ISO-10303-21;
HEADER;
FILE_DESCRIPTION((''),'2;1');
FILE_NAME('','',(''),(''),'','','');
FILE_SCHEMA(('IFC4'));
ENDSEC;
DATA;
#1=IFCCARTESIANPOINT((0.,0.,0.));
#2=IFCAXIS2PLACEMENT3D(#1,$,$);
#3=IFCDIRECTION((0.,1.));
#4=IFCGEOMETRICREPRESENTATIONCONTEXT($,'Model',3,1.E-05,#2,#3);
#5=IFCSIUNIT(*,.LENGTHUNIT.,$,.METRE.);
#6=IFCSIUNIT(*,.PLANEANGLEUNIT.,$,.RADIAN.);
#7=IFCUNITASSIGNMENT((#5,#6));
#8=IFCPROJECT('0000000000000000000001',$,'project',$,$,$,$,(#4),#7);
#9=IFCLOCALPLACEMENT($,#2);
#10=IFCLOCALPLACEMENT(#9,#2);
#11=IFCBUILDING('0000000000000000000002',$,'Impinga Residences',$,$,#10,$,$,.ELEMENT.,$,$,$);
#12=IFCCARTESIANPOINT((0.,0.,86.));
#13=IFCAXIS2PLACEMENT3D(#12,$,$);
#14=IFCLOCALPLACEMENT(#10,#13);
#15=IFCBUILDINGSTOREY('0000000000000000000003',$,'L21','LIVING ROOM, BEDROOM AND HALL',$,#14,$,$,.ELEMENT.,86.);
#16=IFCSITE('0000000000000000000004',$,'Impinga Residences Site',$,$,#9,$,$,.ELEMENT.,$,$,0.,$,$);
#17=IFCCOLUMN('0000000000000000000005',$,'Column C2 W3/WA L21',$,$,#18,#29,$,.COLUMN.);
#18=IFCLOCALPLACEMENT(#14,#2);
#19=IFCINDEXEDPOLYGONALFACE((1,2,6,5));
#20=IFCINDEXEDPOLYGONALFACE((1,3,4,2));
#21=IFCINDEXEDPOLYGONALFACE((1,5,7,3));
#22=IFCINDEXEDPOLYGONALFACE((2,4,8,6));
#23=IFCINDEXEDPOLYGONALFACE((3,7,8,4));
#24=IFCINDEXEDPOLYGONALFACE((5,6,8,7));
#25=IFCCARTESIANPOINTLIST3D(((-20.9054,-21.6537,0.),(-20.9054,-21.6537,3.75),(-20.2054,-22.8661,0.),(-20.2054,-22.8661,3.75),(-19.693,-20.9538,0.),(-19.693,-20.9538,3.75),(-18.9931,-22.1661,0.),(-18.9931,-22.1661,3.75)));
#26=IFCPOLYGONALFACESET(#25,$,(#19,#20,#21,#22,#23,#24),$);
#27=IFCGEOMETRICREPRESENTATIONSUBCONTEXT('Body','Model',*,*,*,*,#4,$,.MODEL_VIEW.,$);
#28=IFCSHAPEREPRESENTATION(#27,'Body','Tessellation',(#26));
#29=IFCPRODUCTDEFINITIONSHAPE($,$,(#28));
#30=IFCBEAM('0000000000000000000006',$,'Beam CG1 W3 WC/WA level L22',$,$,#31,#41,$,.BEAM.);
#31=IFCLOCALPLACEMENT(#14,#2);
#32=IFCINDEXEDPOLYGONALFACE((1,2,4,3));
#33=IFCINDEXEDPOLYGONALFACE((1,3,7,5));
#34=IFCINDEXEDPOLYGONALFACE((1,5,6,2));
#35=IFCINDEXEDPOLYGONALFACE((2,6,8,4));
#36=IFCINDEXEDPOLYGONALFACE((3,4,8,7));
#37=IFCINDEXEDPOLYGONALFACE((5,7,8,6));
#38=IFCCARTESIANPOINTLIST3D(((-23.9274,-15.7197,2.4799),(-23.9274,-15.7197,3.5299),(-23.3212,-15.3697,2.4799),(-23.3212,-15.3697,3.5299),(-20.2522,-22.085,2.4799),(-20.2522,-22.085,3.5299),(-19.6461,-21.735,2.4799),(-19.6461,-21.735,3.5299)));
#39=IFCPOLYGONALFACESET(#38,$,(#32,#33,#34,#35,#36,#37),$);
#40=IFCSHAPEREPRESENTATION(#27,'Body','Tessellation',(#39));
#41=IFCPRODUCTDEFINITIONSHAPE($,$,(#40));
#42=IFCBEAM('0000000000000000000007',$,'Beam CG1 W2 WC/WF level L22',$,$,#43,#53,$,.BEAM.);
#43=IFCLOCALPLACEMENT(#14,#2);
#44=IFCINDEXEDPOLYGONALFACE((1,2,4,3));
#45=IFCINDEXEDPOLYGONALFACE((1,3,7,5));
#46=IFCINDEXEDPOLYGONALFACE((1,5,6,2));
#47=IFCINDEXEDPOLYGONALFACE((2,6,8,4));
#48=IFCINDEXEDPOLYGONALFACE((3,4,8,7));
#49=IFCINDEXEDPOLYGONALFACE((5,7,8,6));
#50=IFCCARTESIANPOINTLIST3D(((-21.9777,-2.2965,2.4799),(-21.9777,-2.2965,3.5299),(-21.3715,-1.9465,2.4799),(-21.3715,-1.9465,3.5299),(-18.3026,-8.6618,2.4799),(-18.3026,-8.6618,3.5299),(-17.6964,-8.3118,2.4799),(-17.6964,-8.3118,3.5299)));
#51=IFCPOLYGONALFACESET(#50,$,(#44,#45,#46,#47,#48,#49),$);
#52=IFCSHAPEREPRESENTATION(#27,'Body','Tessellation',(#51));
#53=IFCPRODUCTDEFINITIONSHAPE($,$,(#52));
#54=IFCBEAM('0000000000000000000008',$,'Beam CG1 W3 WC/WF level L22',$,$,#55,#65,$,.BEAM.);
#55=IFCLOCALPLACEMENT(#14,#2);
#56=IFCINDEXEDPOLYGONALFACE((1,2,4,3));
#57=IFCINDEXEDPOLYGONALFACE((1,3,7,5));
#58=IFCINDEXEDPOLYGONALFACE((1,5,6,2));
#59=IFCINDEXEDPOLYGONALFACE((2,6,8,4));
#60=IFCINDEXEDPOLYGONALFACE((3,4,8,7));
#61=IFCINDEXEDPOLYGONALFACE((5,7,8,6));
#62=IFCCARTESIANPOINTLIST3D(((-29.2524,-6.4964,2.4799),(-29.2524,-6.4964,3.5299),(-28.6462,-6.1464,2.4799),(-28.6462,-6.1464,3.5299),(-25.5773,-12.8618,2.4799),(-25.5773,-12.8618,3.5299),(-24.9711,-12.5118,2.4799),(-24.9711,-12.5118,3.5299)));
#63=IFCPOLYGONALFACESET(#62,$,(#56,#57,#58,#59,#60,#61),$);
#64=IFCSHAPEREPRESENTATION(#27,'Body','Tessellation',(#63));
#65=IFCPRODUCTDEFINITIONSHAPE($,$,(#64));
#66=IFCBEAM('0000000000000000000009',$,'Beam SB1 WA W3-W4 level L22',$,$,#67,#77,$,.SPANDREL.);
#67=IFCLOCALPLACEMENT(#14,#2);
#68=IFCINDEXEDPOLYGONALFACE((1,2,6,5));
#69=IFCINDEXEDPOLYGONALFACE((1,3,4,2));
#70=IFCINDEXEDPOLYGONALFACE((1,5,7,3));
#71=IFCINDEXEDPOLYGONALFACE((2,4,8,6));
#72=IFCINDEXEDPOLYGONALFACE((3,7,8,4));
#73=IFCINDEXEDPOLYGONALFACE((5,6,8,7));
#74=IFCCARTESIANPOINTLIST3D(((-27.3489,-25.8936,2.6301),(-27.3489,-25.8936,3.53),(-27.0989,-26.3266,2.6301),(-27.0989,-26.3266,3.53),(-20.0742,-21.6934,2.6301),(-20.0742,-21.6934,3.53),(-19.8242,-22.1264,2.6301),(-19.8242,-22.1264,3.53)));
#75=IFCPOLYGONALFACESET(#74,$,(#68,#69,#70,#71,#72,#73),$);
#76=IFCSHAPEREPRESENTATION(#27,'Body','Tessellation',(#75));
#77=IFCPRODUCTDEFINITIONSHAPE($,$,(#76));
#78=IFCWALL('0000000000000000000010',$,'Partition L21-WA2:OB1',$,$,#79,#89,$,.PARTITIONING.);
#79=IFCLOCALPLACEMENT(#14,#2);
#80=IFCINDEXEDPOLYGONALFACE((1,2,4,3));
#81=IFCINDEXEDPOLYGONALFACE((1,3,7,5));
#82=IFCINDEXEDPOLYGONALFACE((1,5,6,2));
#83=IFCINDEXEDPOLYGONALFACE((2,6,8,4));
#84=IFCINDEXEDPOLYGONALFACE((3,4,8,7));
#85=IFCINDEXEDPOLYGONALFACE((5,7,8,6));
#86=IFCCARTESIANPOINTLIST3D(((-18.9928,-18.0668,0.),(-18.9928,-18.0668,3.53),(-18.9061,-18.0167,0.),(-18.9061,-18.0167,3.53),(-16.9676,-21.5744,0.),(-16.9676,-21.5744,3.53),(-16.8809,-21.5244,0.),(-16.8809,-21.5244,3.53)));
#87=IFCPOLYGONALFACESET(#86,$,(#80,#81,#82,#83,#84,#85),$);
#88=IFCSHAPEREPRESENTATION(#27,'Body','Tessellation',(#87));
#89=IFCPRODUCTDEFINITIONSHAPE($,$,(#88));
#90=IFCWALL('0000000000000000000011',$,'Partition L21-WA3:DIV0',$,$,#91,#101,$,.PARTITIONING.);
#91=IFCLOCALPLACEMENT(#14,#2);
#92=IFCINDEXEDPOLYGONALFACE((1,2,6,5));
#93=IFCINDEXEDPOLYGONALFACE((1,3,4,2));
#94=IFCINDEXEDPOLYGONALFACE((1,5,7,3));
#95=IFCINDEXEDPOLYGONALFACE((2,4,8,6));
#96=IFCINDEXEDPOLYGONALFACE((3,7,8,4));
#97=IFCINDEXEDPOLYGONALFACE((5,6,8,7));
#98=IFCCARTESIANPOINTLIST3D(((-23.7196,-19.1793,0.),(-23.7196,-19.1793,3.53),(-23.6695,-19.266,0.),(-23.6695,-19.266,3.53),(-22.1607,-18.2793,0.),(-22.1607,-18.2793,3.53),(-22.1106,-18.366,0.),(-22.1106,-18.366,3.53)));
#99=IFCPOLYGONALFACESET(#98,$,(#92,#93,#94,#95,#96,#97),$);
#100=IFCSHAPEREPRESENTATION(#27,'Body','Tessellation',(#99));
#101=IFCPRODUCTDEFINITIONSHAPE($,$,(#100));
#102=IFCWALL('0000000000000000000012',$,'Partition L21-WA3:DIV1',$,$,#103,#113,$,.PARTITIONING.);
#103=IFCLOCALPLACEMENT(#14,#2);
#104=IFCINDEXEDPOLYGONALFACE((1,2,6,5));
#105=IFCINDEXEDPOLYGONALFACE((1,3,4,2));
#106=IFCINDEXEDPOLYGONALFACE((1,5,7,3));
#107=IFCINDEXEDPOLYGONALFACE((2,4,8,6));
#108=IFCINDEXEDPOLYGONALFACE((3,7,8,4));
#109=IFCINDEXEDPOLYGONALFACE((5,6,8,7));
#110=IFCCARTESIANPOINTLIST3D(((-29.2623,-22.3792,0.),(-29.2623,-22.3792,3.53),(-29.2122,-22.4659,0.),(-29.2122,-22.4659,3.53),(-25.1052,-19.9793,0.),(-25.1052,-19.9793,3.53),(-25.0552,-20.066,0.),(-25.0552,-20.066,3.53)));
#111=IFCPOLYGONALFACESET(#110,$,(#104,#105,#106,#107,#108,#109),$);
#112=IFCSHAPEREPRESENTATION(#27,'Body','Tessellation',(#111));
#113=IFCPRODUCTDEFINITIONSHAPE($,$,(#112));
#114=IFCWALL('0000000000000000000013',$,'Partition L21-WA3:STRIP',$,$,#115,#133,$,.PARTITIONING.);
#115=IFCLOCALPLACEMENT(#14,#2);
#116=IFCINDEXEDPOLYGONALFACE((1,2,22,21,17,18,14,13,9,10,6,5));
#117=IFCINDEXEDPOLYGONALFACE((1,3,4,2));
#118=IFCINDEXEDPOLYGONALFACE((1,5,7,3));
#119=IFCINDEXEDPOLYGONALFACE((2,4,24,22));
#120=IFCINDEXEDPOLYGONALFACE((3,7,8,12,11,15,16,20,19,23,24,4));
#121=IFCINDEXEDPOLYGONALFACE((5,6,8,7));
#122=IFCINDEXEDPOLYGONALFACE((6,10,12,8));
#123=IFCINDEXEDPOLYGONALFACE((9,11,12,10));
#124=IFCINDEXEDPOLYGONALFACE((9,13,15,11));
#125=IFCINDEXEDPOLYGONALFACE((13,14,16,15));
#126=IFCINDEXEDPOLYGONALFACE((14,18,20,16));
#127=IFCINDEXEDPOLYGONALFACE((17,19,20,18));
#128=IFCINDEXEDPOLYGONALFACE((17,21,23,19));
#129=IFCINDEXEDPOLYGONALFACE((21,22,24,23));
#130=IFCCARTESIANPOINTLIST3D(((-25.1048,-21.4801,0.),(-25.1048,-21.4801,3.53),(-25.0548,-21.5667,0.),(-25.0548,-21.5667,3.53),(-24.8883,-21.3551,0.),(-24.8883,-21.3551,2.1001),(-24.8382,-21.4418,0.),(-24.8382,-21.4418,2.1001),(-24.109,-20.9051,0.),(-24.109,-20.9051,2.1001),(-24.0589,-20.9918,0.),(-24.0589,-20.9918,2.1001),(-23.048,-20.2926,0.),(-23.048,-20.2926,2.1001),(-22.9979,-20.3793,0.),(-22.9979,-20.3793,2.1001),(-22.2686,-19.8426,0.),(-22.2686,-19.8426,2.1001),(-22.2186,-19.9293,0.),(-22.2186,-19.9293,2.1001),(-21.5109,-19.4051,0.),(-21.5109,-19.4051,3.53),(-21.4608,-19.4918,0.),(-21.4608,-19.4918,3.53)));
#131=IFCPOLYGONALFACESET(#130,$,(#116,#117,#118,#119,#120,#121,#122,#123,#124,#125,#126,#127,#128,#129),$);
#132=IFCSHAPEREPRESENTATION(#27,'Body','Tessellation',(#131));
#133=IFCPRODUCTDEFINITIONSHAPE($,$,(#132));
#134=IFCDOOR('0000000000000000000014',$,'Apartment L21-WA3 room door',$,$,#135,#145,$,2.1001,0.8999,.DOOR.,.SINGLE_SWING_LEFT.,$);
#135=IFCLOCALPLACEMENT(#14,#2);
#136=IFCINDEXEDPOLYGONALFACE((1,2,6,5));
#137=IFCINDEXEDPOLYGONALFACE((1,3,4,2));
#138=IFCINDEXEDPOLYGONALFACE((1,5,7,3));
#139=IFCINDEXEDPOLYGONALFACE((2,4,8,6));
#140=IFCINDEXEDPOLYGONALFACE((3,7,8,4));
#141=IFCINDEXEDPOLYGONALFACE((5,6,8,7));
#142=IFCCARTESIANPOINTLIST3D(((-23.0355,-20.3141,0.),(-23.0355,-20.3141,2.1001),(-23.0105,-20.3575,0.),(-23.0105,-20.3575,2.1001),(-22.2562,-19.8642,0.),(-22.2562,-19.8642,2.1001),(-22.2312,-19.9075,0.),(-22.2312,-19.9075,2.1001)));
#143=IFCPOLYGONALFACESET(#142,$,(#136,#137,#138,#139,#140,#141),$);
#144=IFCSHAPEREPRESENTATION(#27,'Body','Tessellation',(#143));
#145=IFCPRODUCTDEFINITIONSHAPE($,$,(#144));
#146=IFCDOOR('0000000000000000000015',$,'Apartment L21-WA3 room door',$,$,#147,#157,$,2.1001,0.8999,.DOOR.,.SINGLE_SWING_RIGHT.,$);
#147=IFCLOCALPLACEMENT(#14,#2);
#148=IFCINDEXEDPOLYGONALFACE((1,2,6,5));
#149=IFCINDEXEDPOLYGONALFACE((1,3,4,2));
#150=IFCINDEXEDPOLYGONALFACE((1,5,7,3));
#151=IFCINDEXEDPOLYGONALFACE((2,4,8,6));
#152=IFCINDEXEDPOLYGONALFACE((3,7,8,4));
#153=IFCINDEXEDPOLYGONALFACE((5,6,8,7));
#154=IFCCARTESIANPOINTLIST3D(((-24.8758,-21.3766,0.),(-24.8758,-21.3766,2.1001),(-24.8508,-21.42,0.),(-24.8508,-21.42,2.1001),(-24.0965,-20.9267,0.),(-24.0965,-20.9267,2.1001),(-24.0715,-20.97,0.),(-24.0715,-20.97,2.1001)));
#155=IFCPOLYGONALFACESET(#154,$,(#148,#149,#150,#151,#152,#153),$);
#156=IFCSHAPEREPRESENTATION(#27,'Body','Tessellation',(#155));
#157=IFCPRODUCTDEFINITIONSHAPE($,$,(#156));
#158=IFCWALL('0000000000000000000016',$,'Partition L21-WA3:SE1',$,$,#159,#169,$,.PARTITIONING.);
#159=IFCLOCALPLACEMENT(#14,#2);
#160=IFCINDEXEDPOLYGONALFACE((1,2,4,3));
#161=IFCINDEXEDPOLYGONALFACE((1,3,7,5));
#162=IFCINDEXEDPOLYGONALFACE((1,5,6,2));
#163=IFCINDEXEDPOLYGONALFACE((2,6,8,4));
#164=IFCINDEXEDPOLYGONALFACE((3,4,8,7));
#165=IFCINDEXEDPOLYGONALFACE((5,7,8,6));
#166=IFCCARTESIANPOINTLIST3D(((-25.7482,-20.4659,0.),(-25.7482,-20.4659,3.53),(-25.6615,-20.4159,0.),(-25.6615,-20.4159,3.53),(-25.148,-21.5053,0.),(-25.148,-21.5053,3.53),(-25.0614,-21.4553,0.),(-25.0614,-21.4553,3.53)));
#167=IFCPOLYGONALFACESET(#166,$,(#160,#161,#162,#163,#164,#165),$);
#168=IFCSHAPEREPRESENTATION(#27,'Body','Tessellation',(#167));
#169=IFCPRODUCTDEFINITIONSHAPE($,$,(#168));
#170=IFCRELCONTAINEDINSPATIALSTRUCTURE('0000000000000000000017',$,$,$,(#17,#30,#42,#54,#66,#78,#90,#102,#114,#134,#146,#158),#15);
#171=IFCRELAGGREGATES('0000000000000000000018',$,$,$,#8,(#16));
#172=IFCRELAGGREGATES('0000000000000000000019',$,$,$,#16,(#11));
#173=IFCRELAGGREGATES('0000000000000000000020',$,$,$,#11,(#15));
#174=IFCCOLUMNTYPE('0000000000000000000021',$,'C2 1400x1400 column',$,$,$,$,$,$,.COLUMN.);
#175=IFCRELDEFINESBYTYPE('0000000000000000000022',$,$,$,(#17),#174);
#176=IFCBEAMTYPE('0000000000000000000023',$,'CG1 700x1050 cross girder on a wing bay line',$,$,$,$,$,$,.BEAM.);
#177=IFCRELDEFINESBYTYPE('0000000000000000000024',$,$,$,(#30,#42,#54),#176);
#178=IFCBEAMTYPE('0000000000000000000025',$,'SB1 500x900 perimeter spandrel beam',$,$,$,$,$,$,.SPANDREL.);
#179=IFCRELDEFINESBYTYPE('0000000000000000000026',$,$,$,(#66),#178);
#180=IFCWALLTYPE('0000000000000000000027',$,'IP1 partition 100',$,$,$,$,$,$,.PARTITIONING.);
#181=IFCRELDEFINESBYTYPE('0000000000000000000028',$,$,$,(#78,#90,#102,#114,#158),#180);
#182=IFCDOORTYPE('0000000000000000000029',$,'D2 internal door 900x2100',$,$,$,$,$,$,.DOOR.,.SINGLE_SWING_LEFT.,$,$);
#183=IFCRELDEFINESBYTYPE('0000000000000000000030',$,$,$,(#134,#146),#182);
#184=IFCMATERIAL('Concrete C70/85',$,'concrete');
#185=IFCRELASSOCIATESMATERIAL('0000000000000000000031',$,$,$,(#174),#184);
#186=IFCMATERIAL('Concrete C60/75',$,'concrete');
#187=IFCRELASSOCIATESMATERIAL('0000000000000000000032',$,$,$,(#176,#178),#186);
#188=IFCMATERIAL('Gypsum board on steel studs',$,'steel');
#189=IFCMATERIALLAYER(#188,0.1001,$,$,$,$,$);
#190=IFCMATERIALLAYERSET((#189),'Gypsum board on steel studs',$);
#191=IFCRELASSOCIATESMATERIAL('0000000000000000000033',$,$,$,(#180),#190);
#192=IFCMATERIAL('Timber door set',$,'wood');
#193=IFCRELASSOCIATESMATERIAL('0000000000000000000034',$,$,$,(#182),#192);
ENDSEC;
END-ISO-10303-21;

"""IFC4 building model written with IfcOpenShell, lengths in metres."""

from ifc_helpers import new_model, si_unit, direction, frame, frame_2d, origin, origin_2d, place, context, subcontext, project, spatial, rectangle, extrude, material, layer, layer_set, material_profile, profile_set, type_object, element, fill, save


model = new_model("IFC4")

# Units and contexts
model_context = context("Model", 3, precision=1e-05, world=origin(), true_north=direction((0.0, 1.0)))
body_context = subcontext(model_context, "Body", "Model", "MODEL_VIEW")
ifc_project = project(units=[si_unit("LENGTHUNIT", "METRE"), si_unit("PLANEANGLEUNIT", "RADIAN")], contexts=[model_context])

# Site, building, storey
site_placement = place(None, origin())
site = spatial("IfcSite", under=ifc_project, at=site_placement, Name="Impinga Residences Site", CompositionType="ELEMENT", RefElevation=0.0)
building_placement = place(site_placement, origin())
building = spatial("IfcBuilding", under=site, at=building_placement, Name="Impinga Residences", CompositionType="ELEMENT")
storey_placement = place(building_placement, frame((0.0, 0.0, 86.0)))
storey = spatial("IfcBuildingStorey", under=building, at=storey_placement, Name="L21", Description="LIVING ROOM, BEDROOM AND HALL", CompositionType="ELEMENT", Elevation=86.0)

# Column
ifc_material_1 = material(Name="Concrete C70/85", Category="concrete")
ifc_material_profile_1 = material_profile(ifc_material_1, rectangle(XDim=1.3999, YDim=1.3999, at=origin_2d()), Name="RC 1400x1400")
ifc_profile_set_1 = profile_set([ifc_material_profile_1], Name="Concrete C70/85")
column_type = type_object("IfcColumnType", Name="C2 1400x1400 column", PredefinedType="COLUMN", material=ifc_profile_set_1)
column_placement = place(storey_placement, frame((-19.9492, -21.9099, 0.0), z_axis=(0.0, 0.0, 1.0), x_axis=(-0.5, 0.866025, 0.0)))
element("IfcColumn", 1, at=column_placement, inside=storey, type_object=column_type, Name="Column C2 W3/WA L21", PredefinedType="COLUMN", context=body_context, shape_type="SweptSolid", body=[
    extrude(rectangle(XDim=1.3999, YDim=1.3999, at=origin_2d()), origin(), (0.0, 0.0, 1.0), 3.75),
])

# Beams
ifc_material_2 = material(Name="Concrete C60/75", Category="concrete")
ifc_material_profile_2 = material_profile(ifc_material_2, rectangle(XDim=0.7, YDim=1.05, at=origin_2d()), Name="RC 700x1050")
ifc_profile_set_2 = profile_set([ifc_material_profile_2], Name="Concrete C60/75")
beam_type_1 = type_object("IfcBeamType", Name="CG1 700x1050 cross girder on a wing bay line", PredefinedType="BEAM", material=ifc_profile_set_2)
for number, where, z_axis, x_axis, name in (
    (2, (-23.6243, -15.5447, 3.0049), (0.500008, -0.866021, 0.0), (0.866021, 0.500008, 0.0), "Beam CG1 W3 WC/WA level L22"),
    (3, (-17.9995, -8.4868, 3.0049), (-0.500008, 0.866021, 0.0), (-0.866021, -0.500008, 0.0), "Beam CG1 W2 WC/WF level L22"),
    (4, (-25.2742, -12.6868, 3.0049), (-0.500008, 0.866021, 0.0), (-0.866021, -0.500008, 0.0), "Beam CG1 W3 WC/WF level L22"),
):
    element("IfcBeam", number, at=place(storey_placement, frame(where, z_axis=z_axis, x_axis=x_axis)), inside=storey, type_object=beam_type_1, Name=name, PredefinedType="BEAM", context=body_context, shape_type="SweptSolid", body=[
        extrude(rectangle(XDim=0.7, YDim=1.05, at=origin_2d()), origin(), (0.0, 0.0, 1.0), 7.3501),
    ])
ifc_material_profile_3 = material_profile(ifc_material_2, rectangle(XDim=0.5, YDim=0.8999, at=origin_2d()), Name="RC 500x900")
ifc_profile_set_3 = profile_set([ifc_material_profile_3], Name="Concrete C60/75")
beam_type_2 = type_object("IfcBeamType", Name="SB1 500x900 perimeter spandrel beam", PredefinedType="SPANDREL", material=ifc_profile_set_3)
beam_placement = place(storey_placement, frame((-19.9492, -21.9099, 3.0801), z_axis=(-0.866017, -0.500015, 0.0), x_axis=(0.500015, -0.866017, 0.0)))
element("IfcBeam", 5, at=beam_placement, inside=storey, type_object=beam_type_2, Name="Beam SB1 WA W3-W4 level L22", PredefinedType="SPANDREL", context=body_context, shape_type="SweptSolid", body=[
    extrude(rectangle(XDim=0.5, YDim=0.8999, at=origin_2d()), origin(), (0.0, 0.0, 1.0), 8.4001),
])

# Walls
ifc_material_3 = material(Name="Gypsum board on steel studs", Category="steel")
ifc_layer_1 = layer(ifc_material_3, 0.1001)
ifc_layer_set_1 = layer_set([ifc_layer_1], Name="Gypsum board on steel studs")
wall_type_1 = type_object("IfcWallType", Name="IP1 partition 100", PredefinedType="PARTITIONING", material=ifc_layer_set_1)
wall_1_placement = place(storey_placement, frame((-18.9495, -18.0417, 0.0), z_axis=(0.0, 0.0, 1.0), x_axis=(0.500009, -0.86602, 0.0)))
element("IfcWall", 6, at=wall_1_placement, inside=storey, type_object=wall_type_1, Name="Partition L21-WA2:OB1", PredefinedType="PARTITIONING", context=body_context, shape_type="SweptSolid", body=[
    extrude(rectangle(XDim=4.0503, YDim=0.1001, at=frame_2d((2.0251, 0.0))), origin(), (0.0, 0.0, 1.0), 3.53),
])
wall_2_placement = place(storey_placement, frame((-22.1357, -18.3228, 0.0), z_axis=(0.0, 0.0, 1.0), x_axis=(-0.866048, -0.499961, 0.0)))
element("IfcWall", 7, at=wall_2_placement, inside=storey, type_object=wall_type_1, Name="Partition L21-WA3:DIV0", PredefinedType="PARTITIONING", context=body_context, shape_type="SweptSolid", body=[
    extrude(rectangle(XDim=1.8, YDim=0.1001, at=frame_2d((0.8999, 0.0))), origin(), (0.0, 0.0, 1.0), 3.53),
])
wall_3_placement = place(storey_placement, frame((-25.0803, -20.0227, 0.0), z_axis=(0.0, 0.0, 1.0), x_axis=(-0.866037, -0.499979, 0.0)))
element("IfcWall", 8, at=wall_3_placement, inside=storey, type_object=wall_type_1, Name="Partition L21-WA3:DIV1", PredefinedType="PARTITIONING", context=body_context, shape_type="SweptSolid", body=[
    extrude(rectangle(XDim=4.8, YDim=0.1001, at=frame_2d((2.3999, 0.0))), origin(), (0.0, 0.0, 1.0), 3.53),
])

# Wall, openings, doors
wall_4_placement = place(storey_placement, frame((-21.4858, -19.4485, 0.0), z_axis=(0.0, 0.0, 1.0), x_axis=(-0.86603, -0.499992, 0.0)))
wall_4 = element("IfcWall", 9, at=wall_4_placement, inside=storey, type_object=wall_type_1, Name="Partition L21-WA3:STRIP", PredefinedType="PARTITIONING", context=body_context, shape_type="SweptSolid", body=[
    extrude(rectangle(XDim=4.1499, YDim=0.1001, at=frame_2d((2.075, 0.0))), origin(), (0.0, 0.0, 1.0), 3.53),
])
opening_1_placement = place(wall_4_placement, frame((0.875, 0.0, 0.0)))
opening_1 = element("IfcOpeningElement", 10, at=opening_1_placement, cuts=wall_4, PredefinedType="OPENING", context=body_context, shape_type="SweptSolid", body=[
    extrude(rectangle(XDim=0.8999, YDim=2.1001, at=frame_2d((0.45, 1.05))), frame((0.0, 0.0601, 0.0), z_axis=(0.0, -1.0, 0.0), x_axis=(1.0, 0.0, 0.0)), (0.0, 0.0, 1.0), 0.1201),
])
opening_2_placement = place(wall_4_placement, frame((3.0, 0.0, 0.0)))
opening_2 = element("IfcOpeningElement", 11, at=opening_2_placement, cuts=wall_4, PredefinedType="OPENING", context=body_context, shape_type="SweptSolid", body=[
    extrude(rectangle(XDim=0.8999, YDim=2.1001, at=frame_2d((0.45, 1.05))), frame((0.0, 0.0601, 0.0), z_axis=(0.0, -1.0, 0.0), x_axis=(1.0, 0.0, 0.0)), (0.0, 0.0, 1.0), 0.1201),
])
ifc_material_4 = material(Name="Timber door set", Category="wood")
door_type = type_object("IfcDoorType", Name="D2 internal door 900x2100", OperationType="SINGLE_SWING_LEFT", PredefinedType="DOOR", material=ifc_material_4)
door_1_placement = place(opening_1_placement, origin())
door_1 = element("IfcDoor", 12, at=door_1_placement, inside=storey, type_object=door_type, Name="Apartment L21-WA3 room door", OperationType="SINGLE_SWING_LEFT", OverallHeight=2.1001, OverallWidth=0.8999, PredefinedType="DOOR", context=body_context, shape_type="SweptSolid", body=[
    extrude(rectangle(XDim=0.8999, YDim=2.1001, at=frame_2d((0.45, 1.05))), frame((0.0, 0.0249, 0.0), z_axis=(0.0, -1.0, 0.0), x_axis=(1.0, 0.0, 0.0)), (0.0, 0.0, 1.0), 0.05),
])
fill(opening_1, door_1)
door_2_placement = place(opening_2_placement, origin())
door_2 = element("IfcDoor", 13, at=door_2_placement, inside=storey, type_object=door_type, Name="Apartment L21-WA3 room door", OperationType="SINGLE_SWING_RIGHT", OverallHeight=2.1001, OverallWidth=0.8999, PredefinedType="DOOR", context=body_context, shape_type="SweptSolid", body=[
    extrude(rectangle(XDim=0.8999, YDim=2.1001, at=frame_2d((0.45, 1.05))), frame((0.0, 0.0249, 0.0), z_axis=(0.0, -1.0, 0.0), x_axis=(1.0, 0.0, 0.0)), (0.0, 0.0, 1.0), 0.05),
])
fill(opening_2, door_2)

# Wall
wall_5_placement = place(storey_placement, frame((-25.7048, -20.4409, 0.0), z_axis=(0.0, 0.0, 1.0), x_axis=(0.500034, -0.866006, 0.0)))
element("IfcWall", 14, at=wall_5_placement, inside=storey, type_object=wall_type_1, Name="Partition L21-WA3:SE1", PredefinedType="PARTITIONING", context=body_context, shape_type="SweptSolid", body=[
    extrude(rectangle(XDim=1.2002, YDim=0.1001, at=frame_2d((0.6001, 0.0))), origin(), (0.0, 0.0, 1.0), 3.53),
])

save(model, "model.ifc")
